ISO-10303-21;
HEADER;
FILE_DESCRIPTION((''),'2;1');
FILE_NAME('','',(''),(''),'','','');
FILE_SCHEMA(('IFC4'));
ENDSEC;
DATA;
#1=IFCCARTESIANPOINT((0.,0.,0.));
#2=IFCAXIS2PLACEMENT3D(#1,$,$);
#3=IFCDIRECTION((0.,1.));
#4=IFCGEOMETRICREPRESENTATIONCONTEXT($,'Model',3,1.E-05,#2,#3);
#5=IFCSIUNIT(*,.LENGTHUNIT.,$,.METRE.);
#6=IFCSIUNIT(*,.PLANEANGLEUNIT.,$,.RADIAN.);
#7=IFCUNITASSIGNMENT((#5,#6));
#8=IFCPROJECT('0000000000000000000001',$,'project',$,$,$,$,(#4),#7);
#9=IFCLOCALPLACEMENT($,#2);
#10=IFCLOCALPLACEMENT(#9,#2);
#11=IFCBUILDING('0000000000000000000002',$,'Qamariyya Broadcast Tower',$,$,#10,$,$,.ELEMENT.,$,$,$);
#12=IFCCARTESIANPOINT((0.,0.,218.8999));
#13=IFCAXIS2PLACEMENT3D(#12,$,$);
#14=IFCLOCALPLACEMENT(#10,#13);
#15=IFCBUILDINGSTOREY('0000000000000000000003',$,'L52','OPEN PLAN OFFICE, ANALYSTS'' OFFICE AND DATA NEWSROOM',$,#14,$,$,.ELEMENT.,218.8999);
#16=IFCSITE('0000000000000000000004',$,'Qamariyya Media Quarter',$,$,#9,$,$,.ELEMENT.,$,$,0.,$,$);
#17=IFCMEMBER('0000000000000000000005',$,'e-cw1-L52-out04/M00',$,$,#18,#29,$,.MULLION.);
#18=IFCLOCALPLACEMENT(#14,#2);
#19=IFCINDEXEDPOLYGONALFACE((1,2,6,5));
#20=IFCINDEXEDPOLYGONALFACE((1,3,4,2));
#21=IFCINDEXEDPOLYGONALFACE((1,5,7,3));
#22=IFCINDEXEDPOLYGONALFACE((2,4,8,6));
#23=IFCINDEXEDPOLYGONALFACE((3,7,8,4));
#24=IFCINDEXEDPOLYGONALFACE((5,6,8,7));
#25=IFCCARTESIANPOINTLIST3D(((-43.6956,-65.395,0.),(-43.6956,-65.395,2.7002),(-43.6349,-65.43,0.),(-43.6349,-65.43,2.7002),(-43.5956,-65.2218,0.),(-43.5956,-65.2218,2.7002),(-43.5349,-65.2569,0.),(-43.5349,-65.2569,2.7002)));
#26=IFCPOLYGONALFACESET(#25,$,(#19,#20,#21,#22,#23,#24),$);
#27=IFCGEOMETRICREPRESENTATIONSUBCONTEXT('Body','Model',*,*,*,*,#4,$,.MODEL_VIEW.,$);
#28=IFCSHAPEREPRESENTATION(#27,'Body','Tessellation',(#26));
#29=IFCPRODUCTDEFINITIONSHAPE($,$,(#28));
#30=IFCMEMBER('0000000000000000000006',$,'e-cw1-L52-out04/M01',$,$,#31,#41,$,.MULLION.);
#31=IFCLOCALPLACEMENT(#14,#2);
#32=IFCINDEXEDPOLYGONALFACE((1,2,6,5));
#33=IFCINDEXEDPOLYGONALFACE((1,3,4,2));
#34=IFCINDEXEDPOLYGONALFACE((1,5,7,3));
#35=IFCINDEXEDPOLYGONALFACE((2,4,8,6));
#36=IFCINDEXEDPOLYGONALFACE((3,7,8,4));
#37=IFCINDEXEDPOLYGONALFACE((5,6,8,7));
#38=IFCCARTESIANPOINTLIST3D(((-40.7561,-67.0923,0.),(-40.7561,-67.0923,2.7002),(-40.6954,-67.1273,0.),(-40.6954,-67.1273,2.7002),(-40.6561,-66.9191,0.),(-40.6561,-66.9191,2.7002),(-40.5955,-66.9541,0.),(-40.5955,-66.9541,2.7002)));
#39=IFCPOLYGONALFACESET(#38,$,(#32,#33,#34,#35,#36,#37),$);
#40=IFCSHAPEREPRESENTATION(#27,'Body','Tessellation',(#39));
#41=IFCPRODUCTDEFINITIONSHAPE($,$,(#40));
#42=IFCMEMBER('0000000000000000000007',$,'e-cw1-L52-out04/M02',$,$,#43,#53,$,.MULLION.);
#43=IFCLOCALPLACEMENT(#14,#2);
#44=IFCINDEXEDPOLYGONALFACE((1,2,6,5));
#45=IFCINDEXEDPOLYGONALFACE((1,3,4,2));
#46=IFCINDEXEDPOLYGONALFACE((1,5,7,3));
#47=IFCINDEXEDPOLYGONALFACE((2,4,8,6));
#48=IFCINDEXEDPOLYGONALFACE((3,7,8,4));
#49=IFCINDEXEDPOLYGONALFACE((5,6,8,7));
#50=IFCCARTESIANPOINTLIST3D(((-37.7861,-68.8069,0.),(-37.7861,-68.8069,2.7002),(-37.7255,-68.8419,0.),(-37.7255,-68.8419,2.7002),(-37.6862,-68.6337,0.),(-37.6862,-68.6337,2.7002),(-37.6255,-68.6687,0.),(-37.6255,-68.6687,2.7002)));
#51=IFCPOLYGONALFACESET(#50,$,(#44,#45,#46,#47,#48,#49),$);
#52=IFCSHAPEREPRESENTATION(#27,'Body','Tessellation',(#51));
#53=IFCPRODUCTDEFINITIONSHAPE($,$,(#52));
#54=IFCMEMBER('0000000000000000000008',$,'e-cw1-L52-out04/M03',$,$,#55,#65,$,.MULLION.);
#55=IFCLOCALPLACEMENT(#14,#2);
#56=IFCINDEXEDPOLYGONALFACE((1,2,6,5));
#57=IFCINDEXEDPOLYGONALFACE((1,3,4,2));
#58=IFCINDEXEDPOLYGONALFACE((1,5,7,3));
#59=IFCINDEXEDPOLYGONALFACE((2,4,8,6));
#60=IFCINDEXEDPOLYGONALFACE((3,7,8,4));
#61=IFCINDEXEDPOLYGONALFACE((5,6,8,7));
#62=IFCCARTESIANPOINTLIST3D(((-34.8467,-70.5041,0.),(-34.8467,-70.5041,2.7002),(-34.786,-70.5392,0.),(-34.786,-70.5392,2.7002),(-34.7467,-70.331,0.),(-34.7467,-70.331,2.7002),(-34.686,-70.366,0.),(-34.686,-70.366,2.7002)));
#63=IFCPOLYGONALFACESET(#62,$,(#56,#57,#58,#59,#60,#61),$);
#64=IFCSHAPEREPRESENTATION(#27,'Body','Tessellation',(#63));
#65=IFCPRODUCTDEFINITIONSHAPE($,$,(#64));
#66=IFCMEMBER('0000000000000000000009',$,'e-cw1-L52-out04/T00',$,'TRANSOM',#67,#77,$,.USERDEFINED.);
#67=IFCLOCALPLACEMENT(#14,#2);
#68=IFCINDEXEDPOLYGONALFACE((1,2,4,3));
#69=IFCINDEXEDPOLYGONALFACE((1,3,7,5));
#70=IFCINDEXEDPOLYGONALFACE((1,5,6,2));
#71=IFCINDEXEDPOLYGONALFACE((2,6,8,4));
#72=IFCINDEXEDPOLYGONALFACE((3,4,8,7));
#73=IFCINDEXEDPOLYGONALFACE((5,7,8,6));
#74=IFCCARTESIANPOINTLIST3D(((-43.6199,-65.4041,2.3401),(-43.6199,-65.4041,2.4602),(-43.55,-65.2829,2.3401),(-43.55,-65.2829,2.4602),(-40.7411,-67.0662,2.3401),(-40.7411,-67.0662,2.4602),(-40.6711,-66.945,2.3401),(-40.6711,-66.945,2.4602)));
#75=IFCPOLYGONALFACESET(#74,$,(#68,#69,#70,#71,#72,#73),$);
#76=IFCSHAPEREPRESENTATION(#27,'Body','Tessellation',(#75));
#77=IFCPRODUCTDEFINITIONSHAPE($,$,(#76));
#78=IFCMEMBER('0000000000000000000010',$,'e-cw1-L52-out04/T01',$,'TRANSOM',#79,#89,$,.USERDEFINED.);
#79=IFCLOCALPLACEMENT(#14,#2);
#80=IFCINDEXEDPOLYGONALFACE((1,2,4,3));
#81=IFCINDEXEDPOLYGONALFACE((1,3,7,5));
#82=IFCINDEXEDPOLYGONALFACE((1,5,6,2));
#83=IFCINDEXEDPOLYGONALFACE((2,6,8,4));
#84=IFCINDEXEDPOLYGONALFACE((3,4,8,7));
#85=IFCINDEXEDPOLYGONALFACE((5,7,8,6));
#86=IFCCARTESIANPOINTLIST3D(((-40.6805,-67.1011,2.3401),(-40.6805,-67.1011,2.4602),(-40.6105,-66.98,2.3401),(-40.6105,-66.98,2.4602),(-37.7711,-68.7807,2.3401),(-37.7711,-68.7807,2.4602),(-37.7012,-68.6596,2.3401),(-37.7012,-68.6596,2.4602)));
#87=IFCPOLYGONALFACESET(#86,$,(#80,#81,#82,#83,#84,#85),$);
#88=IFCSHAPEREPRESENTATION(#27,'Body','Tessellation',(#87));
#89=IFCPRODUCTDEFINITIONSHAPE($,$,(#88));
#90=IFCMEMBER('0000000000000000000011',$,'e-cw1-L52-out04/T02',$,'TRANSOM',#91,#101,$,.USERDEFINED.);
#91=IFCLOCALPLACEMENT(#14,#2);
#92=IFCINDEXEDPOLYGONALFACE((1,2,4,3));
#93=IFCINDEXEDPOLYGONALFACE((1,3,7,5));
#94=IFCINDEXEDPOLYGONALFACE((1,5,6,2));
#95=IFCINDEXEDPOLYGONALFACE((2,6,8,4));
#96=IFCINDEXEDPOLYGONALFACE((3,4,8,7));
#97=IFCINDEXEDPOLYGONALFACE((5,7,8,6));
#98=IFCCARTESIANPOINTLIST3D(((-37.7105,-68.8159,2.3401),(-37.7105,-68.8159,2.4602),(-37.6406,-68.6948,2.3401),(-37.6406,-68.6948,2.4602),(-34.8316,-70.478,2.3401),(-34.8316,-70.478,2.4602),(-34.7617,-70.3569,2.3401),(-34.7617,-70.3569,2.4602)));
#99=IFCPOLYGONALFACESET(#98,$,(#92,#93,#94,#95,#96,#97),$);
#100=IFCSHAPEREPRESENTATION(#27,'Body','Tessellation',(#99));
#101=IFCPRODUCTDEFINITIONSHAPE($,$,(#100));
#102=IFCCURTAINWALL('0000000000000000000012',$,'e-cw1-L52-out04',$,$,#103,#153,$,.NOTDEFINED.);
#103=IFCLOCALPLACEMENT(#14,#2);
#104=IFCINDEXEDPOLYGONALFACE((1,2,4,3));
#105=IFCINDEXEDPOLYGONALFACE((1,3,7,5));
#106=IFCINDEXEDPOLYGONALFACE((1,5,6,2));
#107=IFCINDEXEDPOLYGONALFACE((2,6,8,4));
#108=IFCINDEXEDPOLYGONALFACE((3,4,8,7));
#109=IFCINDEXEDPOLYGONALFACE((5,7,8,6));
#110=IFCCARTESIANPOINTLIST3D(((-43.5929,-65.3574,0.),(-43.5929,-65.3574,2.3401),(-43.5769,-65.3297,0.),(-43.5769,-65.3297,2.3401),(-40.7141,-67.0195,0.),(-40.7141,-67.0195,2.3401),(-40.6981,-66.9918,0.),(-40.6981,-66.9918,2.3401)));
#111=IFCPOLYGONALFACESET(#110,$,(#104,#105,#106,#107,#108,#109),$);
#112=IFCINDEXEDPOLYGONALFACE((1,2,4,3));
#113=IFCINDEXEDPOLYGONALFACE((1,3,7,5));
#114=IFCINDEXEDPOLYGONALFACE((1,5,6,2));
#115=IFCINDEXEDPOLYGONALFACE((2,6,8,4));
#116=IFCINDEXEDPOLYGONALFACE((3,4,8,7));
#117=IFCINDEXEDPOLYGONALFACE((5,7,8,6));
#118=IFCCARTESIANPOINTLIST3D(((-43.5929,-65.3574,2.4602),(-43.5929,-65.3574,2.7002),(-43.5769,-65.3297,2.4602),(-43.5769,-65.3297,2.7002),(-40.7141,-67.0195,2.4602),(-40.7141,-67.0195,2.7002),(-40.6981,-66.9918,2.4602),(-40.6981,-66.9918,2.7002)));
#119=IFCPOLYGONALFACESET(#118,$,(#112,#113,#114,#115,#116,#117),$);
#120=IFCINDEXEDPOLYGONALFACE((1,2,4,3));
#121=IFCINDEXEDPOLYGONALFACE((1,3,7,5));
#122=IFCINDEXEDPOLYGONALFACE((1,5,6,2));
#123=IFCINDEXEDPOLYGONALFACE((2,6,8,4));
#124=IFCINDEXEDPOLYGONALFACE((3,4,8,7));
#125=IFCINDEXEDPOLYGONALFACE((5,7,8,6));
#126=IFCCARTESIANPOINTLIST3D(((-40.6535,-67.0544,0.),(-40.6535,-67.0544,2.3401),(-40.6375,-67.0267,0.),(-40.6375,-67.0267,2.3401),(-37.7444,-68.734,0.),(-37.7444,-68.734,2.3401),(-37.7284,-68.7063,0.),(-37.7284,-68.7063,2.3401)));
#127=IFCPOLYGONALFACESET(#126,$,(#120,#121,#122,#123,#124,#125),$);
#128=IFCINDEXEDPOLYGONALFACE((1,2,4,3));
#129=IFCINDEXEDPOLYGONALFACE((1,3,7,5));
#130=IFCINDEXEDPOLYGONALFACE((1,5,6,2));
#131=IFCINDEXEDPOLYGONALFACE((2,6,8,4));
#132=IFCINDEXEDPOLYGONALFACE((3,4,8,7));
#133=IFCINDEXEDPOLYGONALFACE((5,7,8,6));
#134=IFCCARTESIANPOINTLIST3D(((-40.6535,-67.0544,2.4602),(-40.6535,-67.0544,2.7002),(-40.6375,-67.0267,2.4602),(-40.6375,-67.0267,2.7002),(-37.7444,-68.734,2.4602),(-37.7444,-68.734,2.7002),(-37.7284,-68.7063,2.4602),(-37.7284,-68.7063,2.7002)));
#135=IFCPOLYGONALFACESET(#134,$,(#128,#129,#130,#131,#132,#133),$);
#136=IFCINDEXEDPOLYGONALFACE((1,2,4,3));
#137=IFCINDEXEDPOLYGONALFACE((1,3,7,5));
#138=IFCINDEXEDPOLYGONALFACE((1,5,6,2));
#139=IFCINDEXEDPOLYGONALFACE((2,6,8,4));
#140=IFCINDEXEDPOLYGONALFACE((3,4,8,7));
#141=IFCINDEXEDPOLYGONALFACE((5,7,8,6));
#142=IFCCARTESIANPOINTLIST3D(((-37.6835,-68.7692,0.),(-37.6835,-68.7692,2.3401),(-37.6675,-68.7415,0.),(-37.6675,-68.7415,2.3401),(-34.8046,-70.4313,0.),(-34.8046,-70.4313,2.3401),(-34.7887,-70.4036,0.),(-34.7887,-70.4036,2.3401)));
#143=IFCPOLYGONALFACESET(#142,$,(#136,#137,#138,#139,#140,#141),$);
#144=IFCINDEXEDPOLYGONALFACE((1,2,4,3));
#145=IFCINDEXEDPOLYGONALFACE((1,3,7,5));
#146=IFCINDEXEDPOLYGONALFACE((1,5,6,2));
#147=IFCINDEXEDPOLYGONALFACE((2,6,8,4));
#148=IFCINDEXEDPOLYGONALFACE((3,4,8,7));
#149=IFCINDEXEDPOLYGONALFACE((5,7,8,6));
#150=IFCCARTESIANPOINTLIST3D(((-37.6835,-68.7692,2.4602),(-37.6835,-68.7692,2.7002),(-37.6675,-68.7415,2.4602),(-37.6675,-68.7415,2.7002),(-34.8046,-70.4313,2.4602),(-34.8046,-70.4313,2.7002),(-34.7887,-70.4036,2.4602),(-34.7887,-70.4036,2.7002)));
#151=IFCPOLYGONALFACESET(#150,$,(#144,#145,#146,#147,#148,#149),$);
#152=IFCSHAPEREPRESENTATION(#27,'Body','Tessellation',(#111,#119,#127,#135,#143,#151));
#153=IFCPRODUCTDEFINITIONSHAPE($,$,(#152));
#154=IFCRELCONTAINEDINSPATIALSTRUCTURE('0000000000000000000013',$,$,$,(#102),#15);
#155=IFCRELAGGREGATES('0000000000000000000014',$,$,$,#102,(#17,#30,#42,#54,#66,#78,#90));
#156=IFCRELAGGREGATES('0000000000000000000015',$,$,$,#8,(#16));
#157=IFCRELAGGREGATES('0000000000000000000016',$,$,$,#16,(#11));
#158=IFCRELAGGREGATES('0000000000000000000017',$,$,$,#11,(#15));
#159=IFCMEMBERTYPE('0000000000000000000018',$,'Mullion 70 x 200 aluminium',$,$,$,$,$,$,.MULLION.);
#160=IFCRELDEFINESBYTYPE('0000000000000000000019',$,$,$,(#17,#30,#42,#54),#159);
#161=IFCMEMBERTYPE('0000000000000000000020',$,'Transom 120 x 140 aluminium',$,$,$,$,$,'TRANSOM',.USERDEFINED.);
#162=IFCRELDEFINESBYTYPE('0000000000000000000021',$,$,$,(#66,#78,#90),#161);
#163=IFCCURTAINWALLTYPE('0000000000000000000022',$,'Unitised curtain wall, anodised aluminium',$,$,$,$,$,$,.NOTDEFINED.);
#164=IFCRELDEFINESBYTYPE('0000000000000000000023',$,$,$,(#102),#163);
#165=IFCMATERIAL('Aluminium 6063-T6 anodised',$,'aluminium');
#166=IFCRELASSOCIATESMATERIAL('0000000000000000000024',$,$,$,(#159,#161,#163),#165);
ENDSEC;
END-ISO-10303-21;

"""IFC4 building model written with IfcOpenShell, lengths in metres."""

from ifc_helpers import new_model, si_unit, direction, frame, origin, origin_2d, place, context, subcontext, project, spatial, rectangle, extrude, material, material_profile, profile_set, type_object, element, aggregate, save


model = new_model("IFC4")

# Units and contexts
model_context = context("Model", 3, precision=1e-05, world=origin(), true_north=direction((0.0, 1.0)))
body_context = subcontext(model_context, "Body", "Model", "MODEL_VIEW")
ifc_project = project(units=[si_unit("LENGTHUNIT", "METRE"), si_unit("PLANEANGLEUNIT", "RADIAN")], contexts=[model_context])

# Members
ifc_material = material(Name="Aluminium 6063-T6 anodised", Category="aluminium")
ifc_material_profile_1 = material_profile(ifc_material, rectangle(XDim=0.2, YDim=0.0701, at=origin_2d()))
ifc_profile_set_1 = profile_set([ifc_material_profile_1], Name="Aluminium 6063-T6 anodised")
member_type_1 = type_object("IfcMemberType", Name="Mullion 70 x 200 aluminium", PredefinedType="MULLION", material=ifc_profile_set_1)
site_placement = place(None, origin())
building_placement = place(site_placement, origin())
storey_placement = place(building_placement, frame((0.0, 0.0, 218.8999)))
member_1_placement = place(storey_placement, frame((-43.6152, -65.3259, 0.0), z_axis=(0.0, 0.0, 1.0), x_axis=(0.5, 0.866025, 0.0)))
member_1 = element("IfcMember", 1, at=member_1_placement, type_object=member_type_1, Name="e-cw1-L52-out04/M00", PredefinedType="MULLION", context=body_context, shape_type="SweptSolid", body=[
    extrude(rectangle(XDim=0.2, YDim=0.0701, at=origin_2d()), origin(), (0.0, 0.0, 1.0), 2.7002),
])
member_2_placement = place(storey_placement, frame((-40.6758, -67.0232, 0.0), z_axis=(0.0, 0.0, 1.0), x_axis=(0.5, 0.866025, 0.0)))
member_2 = element("IfcMember", 2, at=member_2_placement, type_object=member_type_1, Name="e-cw1-L52-out04/M01", PredefinedType="MULLION", context=body_context, shape_type="SweptSolid", body=[
    extrude(rectangle(XDim=0.2, YDim=0.0701, at=origin_2d()), origin(), (0.0, 0.0, 1.0), 2.7002),
])
member_3_placement = place(storey_placement, frame((-37.7058, -68.7378, 0.0), z_axis=(0.0, 0.0, 1.0), x_axis=(0.5, 0.866025, 0.0)))
member_3 = element("IfcMember", 3, at=member_3_placement, type_object=member_type_1, Name="e-cw1-L52-out04/M02", PredefinedType="MULLION", context=body_context, shape_type="SweptSolid", body=[
    extrude(rectangle(XDim=0.2, YDim=0.0701, at=origin_2d()), origin(), (0.0, 0.0, 1.0), 2.7002),
])
member_4_placement = place(storey_placement, frame((-34.7664, -70.4351, 0.0), z_axis=(0.0, 0.0, 1.0), x_axis=(0.5, 0.866025, 0.0)))
member_4 = element("IfcMember", 4, at=member_4_placement, type_object=member_type_1, Name="e-cw1-L52-out04/M03", PredefinedType="MULLION", context=body_context, shape_type="SweptSolid", body=[
    extrude(rectangle(XDim=0.2, YDim=0.0701, at=origin_2d()), origin(), (0.0, 0.0, 1.0), 2.7002),
])
ifc_material_profile_2 = material_profile(ifc_material, rectangle(XDim=0.1399, YDim=0.1201, at=origin_2d()))
ifc_profile_set_2 = profile_set([ifc_material_profile_2], Name="Aluminium 6063-T6 anodised")
member_type_2 = type_object("IfcMemberType", Name="Transom 120 x 140 aluminium", ElementType="TRANSOM", PredefinedType="USERDEFINED", material=ifc_profile_set_2)
member_5_placement = place(storey_placement, frame((-43.585, -65.3435, 2.4001), z_axis=(0.866029, -0.499994, 0.0), x_axis=(0.499994, 0.866029, 0.0)))
member_5 = element("IfcMember", 5, at=member_5_placement, type_object=member_type_2, Name="e-cw1-L52-out04/T00", ObjectType="TRANSOM", PredefinedType="USERDEFINED", context=body_context, shape_type="SweptSolid", body=[
    extrude(rectangle(XDim=0.1399, YDim=0.1201, at=origin_2d()), origin(), (0.0, 0.0, 1.0), 3.3242),
])
member_6_placement = place(storey_placement, frame((-40.6455, -67.0405, 2.4001), z_axis=(0.866034, -0.499985, 0.0), x_axis=(0.499985, 0.866034, 0.0)))
member_6 = element("IfcMember", 6, at=member_6_placement, type_object=member_type_2, Name="e-cw1-L52-out04/T01", ObjectType="TRANSOM", PredefinedType="USERDEFINED", context=body_context, shape_type="SweptSolid", body=[
    extrude(rectangle(XDim=0.1399, YDim=0.1201, at=origin_2d()), origin(), (0.0, 0.0, 1.0), 3.3594),
])
member_7_placement = place(storey_placement, frame((-37.6755, -68.7554, 2.4001), z_axis=(0.866029, -0.499994, 0.0), x_axis=(0.499994, 0.866029, 0.0)))
member_7 = element("IfcMember", 7, at=member_7_placement, type_object=member_type_2, Name="e-cw1-L52-out04/T02", ObjectType="TRANSOM", PredefinedType="USERDEFINED", context=body_context, shape_type="SweptSolid", body=[
    extrude(rectangle(XDim=0.1399, YDim=0.1201, at=origin_2d()), origin(), (0.0, 0.0, 1.0), 3.3242),
])

# Site, building, storey
site = spatial("IfcSite", under=ifc_project, at=site_placement, Name="Qamariyya Media Quarter", CompositionType="ELEMENT", RefElevation=0.0)
building = spatial("IfcBuilding", under=site, at=building_placement, Name="Qamariyya Broadcast Tower", CompositionType="ELEMENT")
storey = spatial("IfcBuildingStorey", under=building, at=storey_placement, Name="L52", Description="OPEN PLAN OFFICE, ANALYSTS' OFFICE AND DATA NEWSROOM", CompositionType="ELEMENT", Elevation=218.8999)

# Curtain wall
curtain_wall_type = type_object("IfcCurtainWallType", Name="Unitised curtain wall, anodised aluminium", PredefinedType="NOTDEFINED", material=ifc_material)
curtain_wall_1_placement = place(storey_placement, origin())
curtain_wall_1 = element("IfcCurtainWall", 8, at=curtain_wall_1_placement, inside=storey, type_object=curtain_wall_type, Name="e-cw1-L52-out04", PredefinedType="NOTDEFINED", context=body_context, shape_type="SweptSolid", body=[
    extrude(rectangle(XDim=3.3242, YDim=0.032, at=origin_2d()), frame((-42.1455, -66.1746, 0.0), x_axis=(0.866028, -0.499996, 0.0)), (0.0, 0.0, 1.0), 2.3401),
    extrude(rectangle(XDim=3.3242, YDim=0.032, at=origin_2d()), frame((-42.1455, -66.1746, 2.4602), x_axis=(0.866028, -0.499996, 0.0)), (0.0, 0.0, 1.0), 0.24),
    extrude(rectangle(XDim=3.3591, YDim=0.032, at=origin_2d()), frame((-39.1909, -67.8804, 0.0), x_axis=(0.866028, -0.499996, 0.0)), (0.0, 0.0, 1.0), 2.3401),
    extrude(rectangle(XDim=3.3591, YDim=0.032, at=origin_2d()), frame((-39.1909, -67.8804, 2.4602), x_axis=(0.866028, -0.499996, 0.0)), (0.0, 0.0, 1.0), 0.24),
    extrude(rectangle(XDim=3.3242, YDim=0.032, at=origin_2d()), frame((-36.2361, -69.5864, 0.0), x_axis=(0.866028, -0.499996, 0.0)), (0.0, 0.0, 1.0), 2.3401),
    extrude(rectangle(XDim=3.3242, YDim=0.032, at=origin_2d()), frame((-36.2361, -69.5864, 2.4602), x_axis=(0.866028, -0.499996, 0.0)), (0.0, 0.0, 1.0), 0.24),
])
aggregate(curtain_wall_1, [member_1, member_2, member_3, member_4, member_5, member_6, member_7])

save(model, "model.ifc")
